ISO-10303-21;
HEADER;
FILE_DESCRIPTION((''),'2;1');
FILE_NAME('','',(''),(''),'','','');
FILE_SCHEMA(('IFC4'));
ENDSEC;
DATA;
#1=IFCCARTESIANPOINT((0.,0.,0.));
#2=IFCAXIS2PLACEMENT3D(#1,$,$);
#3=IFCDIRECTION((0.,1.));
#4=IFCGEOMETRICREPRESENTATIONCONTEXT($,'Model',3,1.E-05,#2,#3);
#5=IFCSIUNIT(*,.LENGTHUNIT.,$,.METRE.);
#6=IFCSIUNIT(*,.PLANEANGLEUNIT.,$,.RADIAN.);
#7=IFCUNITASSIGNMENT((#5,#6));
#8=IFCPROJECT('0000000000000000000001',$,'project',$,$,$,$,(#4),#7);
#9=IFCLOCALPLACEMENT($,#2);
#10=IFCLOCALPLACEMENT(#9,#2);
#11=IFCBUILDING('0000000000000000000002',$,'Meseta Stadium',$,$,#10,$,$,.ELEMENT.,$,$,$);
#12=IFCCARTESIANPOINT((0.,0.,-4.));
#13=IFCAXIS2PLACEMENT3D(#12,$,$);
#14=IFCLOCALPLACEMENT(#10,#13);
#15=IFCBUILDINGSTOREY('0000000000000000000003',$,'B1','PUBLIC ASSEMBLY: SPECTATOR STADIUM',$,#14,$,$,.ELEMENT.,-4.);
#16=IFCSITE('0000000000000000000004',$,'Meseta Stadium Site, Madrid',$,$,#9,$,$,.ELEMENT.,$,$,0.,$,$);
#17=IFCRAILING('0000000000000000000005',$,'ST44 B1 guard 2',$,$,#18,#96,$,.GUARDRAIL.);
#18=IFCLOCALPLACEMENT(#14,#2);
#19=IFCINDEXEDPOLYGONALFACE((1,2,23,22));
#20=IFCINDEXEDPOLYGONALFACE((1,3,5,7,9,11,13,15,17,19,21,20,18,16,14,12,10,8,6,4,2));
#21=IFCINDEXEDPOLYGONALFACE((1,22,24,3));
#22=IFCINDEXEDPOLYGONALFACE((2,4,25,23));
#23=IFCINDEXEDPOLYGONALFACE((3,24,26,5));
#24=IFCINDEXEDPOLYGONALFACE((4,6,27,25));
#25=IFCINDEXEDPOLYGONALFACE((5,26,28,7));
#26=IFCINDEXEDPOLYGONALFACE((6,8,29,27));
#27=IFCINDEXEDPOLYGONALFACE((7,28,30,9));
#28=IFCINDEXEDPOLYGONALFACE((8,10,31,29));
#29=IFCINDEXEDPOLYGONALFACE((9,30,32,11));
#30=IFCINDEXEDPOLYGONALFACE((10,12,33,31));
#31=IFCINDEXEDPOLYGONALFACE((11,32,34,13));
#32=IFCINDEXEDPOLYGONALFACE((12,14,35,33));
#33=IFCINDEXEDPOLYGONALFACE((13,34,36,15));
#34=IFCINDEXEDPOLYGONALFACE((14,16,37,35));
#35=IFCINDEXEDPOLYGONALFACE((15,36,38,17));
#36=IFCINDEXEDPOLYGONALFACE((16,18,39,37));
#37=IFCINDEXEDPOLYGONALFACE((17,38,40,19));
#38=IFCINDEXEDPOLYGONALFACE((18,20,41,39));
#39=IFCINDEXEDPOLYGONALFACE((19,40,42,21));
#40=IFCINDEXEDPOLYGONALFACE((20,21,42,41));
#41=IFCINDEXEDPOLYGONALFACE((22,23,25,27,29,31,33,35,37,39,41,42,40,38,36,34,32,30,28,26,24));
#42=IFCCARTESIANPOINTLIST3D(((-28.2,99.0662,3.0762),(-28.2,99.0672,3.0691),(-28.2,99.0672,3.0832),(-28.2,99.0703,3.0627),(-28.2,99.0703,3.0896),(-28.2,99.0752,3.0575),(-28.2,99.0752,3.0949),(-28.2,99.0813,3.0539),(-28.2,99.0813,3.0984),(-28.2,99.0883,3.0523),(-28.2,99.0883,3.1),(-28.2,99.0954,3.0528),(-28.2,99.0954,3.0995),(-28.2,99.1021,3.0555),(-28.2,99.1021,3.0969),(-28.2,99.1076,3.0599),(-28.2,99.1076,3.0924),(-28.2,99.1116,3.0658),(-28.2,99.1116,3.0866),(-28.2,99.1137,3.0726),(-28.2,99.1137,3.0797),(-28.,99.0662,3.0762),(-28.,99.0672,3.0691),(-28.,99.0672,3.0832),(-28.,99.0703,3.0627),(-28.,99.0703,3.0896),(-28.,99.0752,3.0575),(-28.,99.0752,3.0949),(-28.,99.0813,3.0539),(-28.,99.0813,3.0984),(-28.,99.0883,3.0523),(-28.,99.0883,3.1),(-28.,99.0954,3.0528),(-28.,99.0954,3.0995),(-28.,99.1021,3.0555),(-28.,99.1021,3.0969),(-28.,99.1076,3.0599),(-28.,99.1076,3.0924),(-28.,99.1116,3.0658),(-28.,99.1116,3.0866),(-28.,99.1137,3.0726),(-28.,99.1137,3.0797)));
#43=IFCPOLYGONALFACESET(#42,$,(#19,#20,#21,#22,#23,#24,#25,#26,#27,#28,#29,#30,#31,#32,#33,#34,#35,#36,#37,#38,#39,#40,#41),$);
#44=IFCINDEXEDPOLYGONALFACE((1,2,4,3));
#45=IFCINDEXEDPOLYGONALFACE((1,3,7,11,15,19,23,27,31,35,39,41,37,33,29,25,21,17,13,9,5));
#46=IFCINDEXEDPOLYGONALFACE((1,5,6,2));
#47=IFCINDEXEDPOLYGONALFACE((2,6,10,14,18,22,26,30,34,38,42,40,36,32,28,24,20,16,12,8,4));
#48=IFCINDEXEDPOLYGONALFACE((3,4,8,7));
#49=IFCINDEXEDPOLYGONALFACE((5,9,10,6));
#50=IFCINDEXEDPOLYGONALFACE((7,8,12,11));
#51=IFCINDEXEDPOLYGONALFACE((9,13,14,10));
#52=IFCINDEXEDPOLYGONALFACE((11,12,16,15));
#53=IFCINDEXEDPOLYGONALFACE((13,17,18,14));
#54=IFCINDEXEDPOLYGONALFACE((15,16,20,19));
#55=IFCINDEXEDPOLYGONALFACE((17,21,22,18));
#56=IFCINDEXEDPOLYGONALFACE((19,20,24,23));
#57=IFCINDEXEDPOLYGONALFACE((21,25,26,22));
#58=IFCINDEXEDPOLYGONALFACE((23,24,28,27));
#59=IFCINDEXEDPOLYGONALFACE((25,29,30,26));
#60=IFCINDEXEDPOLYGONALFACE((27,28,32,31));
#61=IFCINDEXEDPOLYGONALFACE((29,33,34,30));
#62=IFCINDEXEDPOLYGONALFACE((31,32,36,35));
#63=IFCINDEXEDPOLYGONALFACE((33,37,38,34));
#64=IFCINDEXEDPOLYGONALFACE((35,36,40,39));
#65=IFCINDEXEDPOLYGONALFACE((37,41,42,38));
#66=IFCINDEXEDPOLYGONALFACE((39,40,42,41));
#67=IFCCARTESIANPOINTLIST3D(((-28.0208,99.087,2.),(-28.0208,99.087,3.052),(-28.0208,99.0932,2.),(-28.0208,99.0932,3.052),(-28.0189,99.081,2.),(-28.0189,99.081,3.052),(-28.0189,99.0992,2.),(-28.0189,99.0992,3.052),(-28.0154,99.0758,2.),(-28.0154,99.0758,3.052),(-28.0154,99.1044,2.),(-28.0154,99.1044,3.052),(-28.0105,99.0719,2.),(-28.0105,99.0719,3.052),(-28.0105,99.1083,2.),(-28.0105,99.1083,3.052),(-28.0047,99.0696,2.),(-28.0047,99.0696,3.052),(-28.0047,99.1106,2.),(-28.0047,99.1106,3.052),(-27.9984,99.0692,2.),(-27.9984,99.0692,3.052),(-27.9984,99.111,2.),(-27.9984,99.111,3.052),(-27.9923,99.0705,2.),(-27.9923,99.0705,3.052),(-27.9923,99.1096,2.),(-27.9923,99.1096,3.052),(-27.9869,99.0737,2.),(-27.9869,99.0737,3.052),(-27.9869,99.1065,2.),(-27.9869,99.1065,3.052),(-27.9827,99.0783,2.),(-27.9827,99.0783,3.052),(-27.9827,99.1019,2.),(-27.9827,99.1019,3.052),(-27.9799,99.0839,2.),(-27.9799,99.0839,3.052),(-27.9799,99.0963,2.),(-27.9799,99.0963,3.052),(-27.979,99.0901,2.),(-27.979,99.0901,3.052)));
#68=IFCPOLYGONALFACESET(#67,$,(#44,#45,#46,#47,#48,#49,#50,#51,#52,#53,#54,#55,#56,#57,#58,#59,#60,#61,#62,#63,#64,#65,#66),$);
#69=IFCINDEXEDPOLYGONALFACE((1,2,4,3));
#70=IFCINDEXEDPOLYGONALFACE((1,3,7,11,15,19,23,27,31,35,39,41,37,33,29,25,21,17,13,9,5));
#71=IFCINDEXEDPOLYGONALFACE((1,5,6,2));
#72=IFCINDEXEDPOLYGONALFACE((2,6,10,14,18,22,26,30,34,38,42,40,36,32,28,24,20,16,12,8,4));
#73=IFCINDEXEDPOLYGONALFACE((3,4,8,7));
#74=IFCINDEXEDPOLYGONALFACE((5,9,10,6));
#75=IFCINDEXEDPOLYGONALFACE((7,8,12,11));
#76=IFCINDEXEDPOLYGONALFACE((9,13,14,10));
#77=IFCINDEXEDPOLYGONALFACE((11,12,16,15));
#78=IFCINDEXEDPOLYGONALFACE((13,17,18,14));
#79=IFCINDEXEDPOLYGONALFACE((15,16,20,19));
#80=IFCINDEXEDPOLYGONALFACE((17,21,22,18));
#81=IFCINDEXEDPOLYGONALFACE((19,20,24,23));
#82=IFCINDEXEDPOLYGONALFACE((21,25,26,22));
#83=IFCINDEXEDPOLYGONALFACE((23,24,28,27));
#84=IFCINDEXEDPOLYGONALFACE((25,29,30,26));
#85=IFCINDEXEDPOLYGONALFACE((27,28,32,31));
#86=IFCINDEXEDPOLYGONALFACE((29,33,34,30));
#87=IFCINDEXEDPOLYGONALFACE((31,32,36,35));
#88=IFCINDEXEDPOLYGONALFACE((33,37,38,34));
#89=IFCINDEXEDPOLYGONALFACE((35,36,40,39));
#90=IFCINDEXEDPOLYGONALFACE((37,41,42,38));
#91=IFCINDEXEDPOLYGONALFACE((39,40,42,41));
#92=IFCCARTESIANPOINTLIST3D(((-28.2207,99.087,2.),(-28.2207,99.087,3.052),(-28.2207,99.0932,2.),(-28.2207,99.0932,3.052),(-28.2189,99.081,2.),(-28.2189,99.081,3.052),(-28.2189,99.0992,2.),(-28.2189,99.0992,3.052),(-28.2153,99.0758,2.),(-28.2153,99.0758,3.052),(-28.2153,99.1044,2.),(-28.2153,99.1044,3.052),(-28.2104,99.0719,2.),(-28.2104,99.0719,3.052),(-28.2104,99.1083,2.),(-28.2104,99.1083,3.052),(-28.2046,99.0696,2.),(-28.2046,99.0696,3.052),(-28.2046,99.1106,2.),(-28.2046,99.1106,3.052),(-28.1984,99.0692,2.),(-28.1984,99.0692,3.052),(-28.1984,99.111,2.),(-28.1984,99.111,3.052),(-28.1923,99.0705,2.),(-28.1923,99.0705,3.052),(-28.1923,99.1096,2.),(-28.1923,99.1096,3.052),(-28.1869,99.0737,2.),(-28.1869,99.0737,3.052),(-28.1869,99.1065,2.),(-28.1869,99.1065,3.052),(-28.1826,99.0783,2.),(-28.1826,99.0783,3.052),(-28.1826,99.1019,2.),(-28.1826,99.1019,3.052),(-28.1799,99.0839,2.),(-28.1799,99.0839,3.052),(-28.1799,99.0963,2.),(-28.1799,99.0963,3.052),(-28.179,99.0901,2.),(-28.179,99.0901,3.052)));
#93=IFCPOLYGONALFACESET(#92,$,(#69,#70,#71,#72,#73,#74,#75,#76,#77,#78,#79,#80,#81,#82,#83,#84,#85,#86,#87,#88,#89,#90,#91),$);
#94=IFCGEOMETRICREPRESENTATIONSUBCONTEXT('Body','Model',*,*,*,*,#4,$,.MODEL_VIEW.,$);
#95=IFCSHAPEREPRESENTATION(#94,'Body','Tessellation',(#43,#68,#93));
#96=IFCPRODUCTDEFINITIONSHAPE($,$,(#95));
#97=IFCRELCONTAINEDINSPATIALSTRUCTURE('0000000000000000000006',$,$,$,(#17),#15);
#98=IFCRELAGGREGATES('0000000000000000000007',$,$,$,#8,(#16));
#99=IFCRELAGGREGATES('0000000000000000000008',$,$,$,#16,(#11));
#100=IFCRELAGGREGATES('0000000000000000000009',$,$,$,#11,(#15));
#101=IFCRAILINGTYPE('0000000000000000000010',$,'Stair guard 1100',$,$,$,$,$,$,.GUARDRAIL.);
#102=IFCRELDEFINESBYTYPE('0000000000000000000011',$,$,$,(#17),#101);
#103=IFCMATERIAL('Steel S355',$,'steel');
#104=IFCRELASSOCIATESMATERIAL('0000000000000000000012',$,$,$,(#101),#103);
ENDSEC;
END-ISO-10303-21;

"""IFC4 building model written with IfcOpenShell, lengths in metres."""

from ifc_helpers import new_model, si_unit, direction, frame, origin, origin_2d, place, context, subcontext, project, spatial, circle, extrude, material, type_object, element, save


model = new_model("IFC4")

# Units and contexts
model_context = context("Model", 3, precision=1e-05, world=origin(), true_north=direction((0.0, 1.0)))
body_context = subcontext(model_context, "Body", "Model", "MODEL_VIEW")
ifc_project = project(units=[si_unit("LENGTHUNIT", "METRE"), si_unit("PLANEANGLEUNIT", "RADIAN")], contexts=[model_context])

# Site, building, storey
site_placement = place(None, origin())
site = spatial("IfcSite", under=ifc_project, at=site_placement, Name="Meseta Stadium Site, Madrid", CompositionType="ELEMENT", RefElevation=0.0)
building_placement = place(site_placement, origin())
building = spatial("IfcBuilding", under=site, at=building_placement, Name="Meseta Stadium", CompositionType="ELEMENT")
storey_placement = place(building_placement, frame((0.0, 0.0, -4.0)))
storey = spatial("IfcBuildingStorey", under=building, at=storey_placement, Name="B1", Description="PUBLIC ASSEMBLY: SPECTATOR STADIUM", CompositionType="ELEMENT", Elevation=-4.0)

# Railing
ifc_material_1 = material(Name="Steel S355", Category="steel")
railing_type_1 = type_object("IfcRailingType", Name="Stair guard 1100", PredefinedType="GUARDRAIL", material=ifc_material_1)
railing_1_placement = place(storey_placement, frame((-28.0, 99.0901, 2.0)))
element("IfcRailing", 1, at=railing_1_placement, inside=storey, type_object=railing_type_1, Name="ST44 B1 guard 2", PredefinedType="GUARDRAIL", context=body_context, shape_type="SweptSolid", body=[
    extrude(circle(Radius=0.0239, at=origin_2d()), frame((0.0, 0.0, 1.0762), z_axis=(-1.0, 0.0, 0.0), x_axis=(0.0, -1.0, 0.0)), (0.0, 0.0, 1.0), 0.2),
    extrude(circle(Radius=0.021, at=origin_2d()), origin(), (0.0, 0.0, 1.0), 1.052),
    extrude(circle(Radius=0.021, at=origin_2d()), frame((-0.2, 0.0, 0.0)), (0.0, 0.0, 1.0), 1.052),
])

save(model, "model.ifc")
